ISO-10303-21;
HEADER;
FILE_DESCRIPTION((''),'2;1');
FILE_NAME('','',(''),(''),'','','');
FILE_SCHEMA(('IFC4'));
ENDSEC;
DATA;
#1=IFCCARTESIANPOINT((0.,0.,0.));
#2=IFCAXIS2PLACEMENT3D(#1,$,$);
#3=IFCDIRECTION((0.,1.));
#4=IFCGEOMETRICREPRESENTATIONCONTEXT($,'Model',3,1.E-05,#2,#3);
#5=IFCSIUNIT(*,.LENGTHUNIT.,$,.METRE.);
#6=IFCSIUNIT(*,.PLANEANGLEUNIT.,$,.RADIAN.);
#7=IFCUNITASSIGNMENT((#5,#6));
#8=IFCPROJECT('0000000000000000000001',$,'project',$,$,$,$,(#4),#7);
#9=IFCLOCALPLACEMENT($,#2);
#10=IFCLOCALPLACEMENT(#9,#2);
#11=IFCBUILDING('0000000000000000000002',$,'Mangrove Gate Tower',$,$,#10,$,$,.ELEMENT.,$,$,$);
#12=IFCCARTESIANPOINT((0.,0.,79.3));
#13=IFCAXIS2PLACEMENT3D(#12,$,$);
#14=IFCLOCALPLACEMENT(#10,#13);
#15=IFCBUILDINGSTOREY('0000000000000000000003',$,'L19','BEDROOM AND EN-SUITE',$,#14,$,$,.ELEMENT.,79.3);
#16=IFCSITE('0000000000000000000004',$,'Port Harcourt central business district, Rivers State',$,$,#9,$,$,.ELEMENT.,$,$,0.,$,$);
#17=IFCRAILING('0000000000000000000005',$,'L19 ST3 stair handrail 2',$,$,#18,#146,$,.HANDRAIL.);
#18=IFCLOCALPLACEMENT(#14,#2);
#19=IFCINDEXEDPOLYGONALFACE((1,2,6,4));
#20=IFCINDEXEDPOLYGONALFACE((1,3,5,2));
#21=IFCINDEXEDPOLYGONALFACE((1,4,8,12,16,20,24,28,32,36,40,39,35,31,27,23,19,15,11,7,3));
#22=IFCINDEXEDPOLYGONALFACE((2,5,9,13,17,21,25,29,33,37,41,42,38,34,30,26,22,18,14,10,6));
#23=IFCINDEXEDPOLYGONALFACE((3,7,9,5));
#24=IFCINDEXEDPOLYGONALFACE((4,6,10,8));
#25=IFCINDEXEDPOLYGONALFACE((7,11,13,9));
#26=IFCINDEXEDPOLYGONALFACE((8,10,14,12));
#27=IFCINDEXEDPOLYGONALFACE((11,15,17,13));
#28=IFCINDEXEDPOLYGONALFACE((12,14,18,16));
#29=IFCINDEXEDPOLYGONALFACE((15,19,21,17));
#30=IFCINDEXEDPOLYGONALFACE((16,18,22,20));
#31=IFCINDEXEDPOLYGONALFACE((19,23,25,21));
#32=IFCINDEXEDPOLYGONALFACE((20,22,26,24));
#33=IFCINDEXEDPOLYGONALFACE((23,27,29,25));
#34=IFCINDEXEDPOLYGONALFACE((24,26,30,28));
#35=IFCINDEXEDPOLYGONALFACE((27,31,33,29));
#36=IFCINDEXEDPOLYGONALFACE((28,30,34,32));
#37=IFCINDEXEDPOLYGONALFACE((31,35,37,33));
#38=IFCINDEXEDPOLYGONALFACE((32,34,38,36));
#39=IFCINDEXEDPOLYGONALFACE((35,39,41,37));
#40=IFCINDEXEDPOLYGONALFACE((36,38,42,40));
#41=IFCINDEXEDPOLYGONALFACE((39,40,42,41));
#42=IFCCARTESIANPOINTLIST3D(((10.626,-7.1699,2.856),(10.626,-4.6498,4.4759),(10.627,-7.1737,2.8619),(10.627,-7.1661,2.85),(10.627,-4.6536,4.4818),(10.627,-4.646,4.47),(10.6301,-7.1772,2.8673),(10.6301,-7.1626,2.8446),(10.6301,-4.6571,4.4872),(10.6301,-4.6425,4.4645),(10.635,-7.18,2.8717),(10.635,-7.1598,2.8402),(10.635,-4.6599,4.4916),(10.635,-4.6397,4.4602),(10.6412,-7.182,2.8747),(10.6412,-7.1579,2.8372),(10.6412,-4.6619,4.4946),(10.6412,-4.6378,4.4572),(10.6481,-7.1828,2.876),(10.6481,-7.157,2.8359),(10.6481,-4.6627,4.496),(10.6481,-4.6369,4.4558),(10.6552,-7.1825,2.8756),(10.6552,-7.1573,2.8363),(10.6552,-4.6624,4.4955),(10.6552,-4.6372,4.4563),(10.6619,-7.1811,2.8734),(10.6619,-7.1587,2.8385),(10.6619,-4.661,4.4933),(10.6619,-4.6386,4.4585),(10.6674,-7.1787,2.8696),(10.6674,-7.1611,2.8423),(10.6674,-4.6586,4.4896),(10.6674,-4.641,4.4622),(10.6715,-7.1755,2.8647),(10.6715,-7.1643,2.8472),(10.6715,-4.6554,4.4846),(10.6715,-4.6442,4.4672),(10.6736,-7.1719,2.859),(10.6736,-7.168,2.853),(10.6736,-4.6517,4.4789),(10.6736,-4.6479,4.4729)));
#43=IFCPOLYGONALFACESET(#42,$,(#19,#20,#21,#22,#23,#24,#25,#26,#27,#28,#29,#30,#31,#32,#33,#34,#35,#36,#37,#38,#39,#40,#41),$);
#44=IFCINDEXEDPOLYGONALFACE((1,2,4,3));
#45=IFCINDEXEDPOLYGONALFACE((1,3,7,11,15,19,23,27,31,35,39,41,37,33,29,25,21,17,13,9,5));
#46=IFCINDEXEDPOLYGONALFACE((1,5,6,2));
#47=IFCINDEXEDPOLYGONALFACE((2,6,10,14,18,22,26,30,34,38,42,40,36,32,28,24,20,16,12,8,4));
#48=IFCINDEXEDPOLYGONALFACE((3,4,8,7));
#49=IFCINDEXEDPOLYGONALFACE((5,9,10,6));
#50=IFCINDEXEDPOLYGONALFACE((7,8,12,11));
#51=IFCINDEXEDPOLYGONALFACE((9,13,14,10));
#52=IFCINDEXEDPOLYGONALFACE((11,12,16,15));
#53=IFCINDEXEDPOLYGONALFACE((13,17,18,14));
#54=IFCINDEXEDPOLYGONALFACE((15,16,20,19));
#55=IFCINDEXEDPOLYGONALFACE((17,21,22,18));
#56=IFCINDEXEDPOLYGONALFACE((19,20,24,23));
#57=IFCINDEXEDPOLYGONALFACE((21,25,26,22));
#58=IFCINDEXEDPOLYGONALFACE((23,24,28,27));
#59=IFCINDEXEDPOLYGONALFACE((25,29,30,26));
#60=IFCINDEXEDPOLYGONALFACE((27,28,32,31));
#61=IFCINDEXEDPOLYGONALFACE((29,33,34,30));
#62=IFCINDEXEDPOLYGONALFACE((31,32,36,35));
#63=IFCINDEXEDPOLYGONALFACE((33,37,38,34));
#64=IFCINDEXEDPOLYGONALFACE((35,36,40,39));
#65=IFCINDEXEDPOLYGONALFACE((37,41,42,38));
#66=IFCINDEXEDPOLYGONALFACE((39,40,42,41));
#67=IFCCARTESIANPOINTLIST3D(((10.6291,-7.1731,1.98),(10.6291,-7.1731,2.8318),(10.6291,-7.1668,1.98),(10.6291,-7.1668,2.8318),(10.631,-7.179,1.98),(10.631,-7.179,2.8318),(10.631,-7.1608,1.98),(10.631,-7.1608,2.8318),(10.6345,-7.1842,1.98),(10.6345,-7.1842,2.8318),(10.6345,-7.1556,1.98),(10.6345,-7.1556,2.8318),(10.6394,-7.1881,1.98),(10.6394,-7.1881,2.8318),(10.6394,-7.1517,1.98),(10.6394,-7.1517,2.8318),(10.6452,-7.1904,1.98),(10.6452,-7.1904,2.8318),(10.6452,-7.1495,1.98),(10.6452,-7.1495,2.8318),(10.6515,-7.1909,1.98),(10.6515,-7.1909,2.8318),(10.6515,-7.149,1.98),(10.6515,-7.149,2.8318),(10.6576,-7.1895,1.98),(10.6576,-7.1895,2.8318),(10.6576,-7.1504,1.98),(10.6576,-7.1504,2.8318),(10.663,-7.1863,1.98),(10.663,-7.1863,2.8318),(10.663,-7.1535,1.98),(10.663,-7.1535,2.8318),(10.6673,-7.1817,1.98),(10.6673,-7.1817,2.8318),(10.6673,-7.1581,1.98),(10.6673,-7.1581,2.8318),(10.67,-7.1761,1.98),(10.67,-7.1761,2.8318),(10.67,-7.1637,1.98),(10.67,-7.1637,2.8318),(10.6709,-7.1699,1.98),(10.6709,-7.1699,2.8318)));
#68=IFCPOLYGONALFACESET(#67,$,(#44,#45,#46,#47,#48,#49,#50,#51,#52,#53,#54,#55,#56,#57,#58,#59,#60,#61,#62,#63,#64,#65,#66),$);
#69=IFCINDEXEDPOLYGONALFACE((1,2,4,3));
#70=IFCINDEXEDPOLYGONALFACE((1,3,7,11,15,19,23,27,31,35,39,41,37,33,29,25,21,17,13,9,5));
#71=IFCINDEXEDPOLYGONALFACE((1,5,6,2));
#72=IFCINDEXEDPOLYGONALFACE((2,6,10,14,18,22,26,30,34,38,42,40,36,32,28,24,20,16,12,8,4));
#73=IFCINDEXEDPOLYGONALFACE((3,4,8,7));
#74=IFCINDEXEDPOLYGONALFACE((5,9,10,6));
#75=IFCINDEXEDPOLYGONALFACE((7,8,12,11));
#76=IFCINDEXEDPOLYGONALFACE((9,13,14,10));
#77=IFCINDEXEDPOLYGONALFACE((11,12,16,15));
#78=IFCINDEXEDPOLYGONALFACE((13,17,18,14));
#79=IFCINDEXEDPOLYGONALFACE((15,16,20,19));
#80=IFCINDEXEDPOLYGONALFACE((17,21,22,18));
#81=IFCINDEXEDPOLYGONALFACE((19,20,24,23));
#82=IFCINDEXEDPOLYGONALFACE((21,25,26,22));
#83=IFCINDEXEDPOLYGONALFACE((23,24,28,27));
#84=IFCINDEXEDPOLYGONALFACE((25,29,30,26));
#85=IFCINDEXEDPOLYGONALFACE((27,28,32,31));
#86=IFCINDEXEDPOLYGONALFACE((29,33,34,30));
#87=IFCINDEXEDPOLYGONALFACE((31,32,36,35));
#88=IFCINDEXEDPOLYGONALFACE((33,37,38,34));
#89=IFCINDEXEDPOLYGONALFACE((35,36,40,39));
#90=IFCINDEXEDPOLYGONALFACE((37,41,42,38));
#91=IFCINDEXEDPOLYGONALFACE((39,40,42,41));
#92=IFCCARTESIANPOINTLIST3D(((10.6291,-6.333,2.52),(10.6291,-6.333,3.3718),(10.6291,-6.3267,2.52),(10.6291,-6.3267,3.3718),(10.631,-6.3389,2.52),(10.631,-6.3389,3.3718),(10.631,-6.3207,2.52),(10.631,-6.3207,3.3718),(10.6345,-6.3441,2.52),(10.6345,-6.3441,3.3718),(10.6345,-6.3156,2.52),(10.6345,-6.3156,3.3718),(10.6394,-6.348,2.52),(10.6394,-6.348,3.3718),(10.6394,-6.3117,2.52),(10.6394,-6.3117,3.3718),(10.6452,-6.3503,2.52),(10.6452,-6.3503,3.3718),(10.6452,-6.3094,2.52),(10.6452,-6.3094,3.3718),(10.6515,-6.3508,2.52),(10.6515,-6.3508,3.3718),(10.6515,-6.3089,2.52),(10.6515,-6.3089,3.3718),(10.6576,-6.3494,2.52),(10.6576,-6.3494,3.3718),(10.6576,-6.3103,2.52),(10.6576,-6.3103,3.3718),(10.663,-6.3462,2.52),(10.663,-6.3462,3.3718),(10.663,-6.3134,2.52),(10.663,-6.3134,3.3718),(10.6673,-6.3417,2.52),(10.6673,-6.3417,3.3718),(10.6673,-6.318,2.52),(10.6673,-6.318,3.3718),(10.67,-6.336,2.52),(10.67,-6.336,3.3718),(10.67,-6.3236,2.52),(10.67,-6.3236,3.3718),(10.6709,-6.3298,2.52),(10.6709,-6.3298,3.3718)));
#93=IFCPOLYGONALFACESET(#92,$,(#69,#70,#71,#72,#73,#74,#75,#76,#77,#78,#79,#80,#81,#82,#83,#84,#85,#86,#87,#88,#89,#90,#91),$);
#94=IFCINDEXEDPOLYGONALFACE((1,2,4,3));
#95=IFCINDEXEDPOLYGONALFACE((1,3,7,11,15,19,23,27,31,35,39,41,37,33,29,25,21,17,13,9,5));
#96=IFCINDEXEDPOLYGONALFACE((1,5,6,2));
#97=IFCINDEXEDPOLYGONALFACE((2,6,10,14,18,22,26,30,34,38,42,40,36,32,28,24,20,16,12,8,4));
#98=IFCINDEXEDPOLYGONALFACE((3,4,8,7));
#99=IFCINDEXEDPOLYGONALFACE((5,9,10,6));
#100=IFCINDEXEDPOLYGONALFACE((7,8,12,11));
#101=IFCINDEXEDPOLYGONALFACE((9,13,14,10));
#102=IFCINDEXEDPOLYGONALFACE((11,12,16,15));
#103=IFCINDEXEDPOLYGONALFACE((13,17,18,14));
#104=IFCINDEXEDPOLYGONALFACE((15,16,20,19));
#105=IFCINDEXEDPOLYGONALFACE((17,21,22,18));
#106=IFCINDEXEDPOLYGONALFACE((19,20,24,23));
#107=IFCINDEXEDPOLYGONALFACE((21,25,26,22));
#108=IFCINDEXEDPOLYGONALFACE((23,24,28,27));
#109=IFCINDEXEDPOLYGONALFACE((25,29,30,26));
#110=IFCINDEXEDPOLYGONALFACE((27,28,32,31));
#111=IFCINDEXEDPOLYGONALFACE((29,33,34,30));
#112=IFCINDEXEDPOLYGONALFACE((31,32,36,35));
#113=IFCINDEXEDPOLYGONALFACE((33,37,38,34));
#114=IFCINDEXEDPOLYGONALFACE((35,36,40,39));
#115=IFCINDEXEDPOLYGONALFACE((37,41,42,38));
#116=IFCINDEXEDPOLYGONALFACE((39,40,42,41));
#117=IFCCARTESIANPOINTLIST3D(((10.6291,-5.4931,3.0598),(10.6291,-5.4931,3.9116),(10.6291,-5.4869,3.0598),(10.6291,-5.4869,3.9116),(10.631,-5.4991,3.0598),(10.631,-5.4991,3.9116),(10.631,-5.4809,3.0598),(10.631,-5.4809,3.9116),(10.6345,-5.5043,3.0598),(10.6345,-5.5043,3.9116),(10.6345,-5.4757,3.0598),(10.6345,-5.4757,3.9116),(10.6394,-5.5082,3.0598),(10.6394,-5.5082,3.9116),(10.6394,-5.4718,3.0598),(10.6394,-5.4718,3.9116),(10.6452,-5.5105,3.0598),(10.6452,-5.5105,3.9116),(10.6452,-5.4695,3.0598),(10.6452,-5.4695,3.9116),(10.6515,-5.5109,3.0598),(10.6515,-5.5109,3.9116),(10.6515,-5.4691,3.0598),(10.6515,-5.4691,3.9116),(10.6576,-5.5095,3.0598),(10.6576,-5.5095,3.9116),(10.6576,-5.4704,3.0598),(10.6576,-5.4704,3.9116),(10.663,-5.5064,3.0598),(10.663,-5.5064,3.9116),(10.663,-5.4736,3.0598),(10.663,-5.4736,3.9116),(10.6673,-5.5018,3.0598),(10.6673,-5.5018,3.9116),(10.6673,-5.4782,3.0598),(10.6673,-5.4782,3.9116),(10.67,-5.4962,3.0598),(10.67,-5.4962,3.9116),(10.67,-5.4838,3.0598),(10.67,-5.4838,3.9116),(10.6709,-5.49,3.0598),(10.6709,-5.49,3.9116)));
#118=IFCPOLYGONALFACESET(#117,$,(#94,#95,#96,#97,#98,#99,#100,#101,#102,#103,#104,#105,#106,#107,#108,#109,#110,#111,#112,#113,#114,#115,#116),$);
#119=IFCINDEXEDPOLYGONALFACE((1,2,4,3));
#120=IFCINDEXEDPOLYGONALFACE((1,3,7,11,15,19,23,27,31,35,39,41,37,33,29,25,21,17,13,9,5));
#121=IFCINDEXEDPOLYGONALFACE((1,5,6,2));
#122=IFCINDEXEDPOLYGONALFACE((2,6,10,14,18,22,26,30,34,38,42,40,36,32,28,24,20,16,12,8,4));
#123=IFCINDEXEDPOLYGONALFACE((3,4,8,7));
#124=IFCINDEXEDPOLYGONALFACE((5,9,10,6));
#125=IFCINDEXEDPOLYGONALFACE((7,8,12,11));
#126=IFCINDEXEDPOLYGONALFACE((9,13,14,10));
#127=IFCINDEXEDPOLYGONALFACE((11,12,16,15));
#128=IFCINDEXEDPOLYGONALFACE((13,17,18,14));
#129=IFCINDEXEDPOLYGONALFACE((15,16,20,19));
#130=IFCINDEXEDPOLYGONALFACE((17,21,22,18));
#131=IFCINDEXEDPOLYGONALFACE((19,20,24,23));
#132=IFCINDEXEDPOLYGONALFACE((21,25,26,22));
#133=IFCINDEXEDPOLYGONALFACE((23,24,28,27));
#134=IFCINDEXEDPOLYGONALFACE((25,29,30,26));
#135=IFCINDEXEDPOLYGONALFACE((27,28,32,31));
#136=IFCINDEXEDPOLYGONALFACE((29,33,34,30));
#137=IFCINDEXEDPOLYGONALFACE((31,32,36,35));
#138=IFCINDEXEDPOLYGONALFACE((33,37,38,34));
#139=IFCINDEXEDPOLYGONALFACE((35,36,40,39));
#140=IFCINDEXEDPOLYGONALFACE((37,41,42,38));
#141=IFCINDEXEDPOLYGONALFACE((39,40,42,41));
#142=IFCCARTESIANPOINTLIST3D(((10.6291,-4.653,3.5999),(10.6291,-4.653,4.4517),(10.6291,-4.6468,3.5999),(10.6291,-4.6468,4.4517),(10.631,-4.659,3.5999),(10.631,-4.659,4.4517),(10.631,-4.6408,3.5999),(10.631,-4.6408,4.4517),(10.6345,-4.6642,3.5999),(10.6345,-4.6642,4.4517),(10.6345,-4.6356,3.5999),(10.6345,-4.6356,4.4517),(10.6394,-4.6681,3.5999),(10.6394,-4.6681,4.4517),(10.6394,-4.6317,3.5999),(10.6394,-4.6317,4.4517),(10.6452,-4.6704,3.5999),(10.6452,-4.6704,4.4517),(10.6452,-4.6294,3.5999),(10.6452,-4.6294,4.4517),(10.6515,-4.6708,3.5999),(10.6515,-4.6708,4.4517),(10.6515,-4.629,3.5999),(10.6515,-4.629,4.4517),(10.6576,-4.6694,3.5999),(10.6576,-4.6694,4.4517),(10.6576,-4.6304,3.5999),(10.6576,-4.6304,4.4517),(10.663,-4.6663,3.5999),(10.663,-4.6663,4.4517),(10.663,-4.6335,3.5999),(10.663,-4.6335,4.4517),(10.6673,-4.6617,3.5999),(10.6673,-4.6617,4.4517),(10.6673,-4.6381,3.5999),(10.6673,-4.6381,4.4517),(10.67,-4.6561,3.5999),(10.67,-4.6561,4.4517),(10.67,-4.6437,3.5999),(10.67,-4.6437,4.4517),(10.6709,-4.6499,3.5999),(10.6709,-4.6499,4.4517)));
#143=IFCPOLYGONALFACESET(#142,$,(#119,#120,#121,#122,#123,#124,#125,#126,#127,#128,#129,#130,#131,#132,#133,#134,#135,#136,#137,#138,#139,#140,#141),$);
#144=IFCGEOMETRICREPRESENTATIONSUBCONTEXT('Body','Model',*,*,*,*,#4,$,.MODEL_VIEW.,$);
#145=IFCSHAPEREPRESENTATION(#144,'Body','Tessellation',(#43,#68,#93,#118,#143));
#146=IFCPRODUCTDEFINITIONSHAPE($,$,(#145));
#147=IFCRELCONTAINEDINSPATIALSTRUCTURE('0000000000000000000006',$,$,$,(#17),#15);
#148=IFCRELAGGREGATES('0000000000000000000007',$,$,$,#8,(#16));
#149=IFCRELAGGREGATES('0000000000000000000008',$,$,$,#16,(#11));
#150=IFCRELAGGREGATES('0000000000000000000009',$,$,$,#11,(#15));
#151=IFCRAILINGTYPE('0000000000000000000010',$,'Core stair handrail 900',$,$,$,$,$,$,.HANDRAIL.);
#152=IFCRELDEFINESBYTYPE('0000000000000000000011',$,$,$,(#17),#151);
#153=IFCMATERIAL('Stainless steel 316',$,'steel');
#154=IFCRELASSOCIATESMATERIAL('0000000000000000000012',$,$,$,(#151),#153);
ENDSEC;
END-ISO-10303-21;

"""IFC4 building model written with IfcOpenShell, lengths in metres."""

from ifc_helpers import new_model, si_unit, direction, frame, origin, origin_2d, place, context, subcontext, project, spatial, circle, extrude, material, type_object, element, save


model = new_model("IFC4")

# Units and contexts
model_context = context("Model", 3, precision=1e-05, world=origin(), true_north=direction((0.0, 1.0)))
body_context = subcontext(model_context, "Body", "Model", "MODEL_VIEW")
ifc_project = project(units=[si_unit("LENGTHUNIT", "METRE"), si_unit("PLANEANGLEUNIT", "RADIAN")], contexts=[model_context])

# Site, building, storey
site_placement = place(None, origin())
site = spatial("IfcSite", under=ifc_project, at=site_placement, Name="Port Harcourt central business district, Rivers State", CompositionType="ELEMENT", RefElevation=0.0)
building_placement = place(site_placement, origin())
building = spatial("IfcBuilding", under=site, at=building_placement, Name="Mangrove Gate Tower", CompositionType="ELEMENT")
storey_placement = place(building_placement, frame((0.0, 0.0, 79.3)))
storey = spatial("IfcBuildingStorey", under=building, at=storey_placement, Name="L19", Description="BEDROOM AND EN-SUITE", CompositionType="ELEMENT", Elevation=79.3)

# Railing
ifc_material_1 = material(Name="Stainless steel 316", Category="steel")
railing_type_1 = type_object("IfcRailingType", Name="Core stair handrail 900", PredefinedType="HANDRAIL", material=ifc_material_1)
railing_1_placement = place(storey_placement, frame((10.6499, -7.1699, 1.98)))
element("IfcRailing", 1, at=railing_1_placement, inside=storey, type_object=railing_type_1, Name="L19 ST3 stair handrail 2", PredefinedType="HANDRAIL", context=body_context, shape_type="SweptSolid", body=[
    extrude(circle(Radius=0.0239, at=origin_2d()), frame((0.0, 0.0, 0.876), z_axis=(0.0, 0.8412, 0.540725), x_axis=(-1.0, 0.0, 0.0)), (0.0, 0.0, 1.0), 2.9958),
    extrude(circle(Radius=0.021, at=origin_2d()), origin(), (0.0, 0.0, 1.0), 0.8518),
    extrude(circle(Radius=0.021, at=origin_2d()), frame((0.0, 0.8401, 0.54)), (0.0, 0.0, 1.0), 0.8518),
    extrude(circle(Radius=0.021, at=origin_2d()), frame((0.0, 1.6799, 1.0798)), (0.0, 0.0, 1.0), 0.8518),
    extrude(circle(Radius=0.021, at=origin_2d()), frame((0.0, 2.52, 1.6199)), (0.0, 0.0, 1.0), 0.8518),
])

save(model, "model.ifc")
